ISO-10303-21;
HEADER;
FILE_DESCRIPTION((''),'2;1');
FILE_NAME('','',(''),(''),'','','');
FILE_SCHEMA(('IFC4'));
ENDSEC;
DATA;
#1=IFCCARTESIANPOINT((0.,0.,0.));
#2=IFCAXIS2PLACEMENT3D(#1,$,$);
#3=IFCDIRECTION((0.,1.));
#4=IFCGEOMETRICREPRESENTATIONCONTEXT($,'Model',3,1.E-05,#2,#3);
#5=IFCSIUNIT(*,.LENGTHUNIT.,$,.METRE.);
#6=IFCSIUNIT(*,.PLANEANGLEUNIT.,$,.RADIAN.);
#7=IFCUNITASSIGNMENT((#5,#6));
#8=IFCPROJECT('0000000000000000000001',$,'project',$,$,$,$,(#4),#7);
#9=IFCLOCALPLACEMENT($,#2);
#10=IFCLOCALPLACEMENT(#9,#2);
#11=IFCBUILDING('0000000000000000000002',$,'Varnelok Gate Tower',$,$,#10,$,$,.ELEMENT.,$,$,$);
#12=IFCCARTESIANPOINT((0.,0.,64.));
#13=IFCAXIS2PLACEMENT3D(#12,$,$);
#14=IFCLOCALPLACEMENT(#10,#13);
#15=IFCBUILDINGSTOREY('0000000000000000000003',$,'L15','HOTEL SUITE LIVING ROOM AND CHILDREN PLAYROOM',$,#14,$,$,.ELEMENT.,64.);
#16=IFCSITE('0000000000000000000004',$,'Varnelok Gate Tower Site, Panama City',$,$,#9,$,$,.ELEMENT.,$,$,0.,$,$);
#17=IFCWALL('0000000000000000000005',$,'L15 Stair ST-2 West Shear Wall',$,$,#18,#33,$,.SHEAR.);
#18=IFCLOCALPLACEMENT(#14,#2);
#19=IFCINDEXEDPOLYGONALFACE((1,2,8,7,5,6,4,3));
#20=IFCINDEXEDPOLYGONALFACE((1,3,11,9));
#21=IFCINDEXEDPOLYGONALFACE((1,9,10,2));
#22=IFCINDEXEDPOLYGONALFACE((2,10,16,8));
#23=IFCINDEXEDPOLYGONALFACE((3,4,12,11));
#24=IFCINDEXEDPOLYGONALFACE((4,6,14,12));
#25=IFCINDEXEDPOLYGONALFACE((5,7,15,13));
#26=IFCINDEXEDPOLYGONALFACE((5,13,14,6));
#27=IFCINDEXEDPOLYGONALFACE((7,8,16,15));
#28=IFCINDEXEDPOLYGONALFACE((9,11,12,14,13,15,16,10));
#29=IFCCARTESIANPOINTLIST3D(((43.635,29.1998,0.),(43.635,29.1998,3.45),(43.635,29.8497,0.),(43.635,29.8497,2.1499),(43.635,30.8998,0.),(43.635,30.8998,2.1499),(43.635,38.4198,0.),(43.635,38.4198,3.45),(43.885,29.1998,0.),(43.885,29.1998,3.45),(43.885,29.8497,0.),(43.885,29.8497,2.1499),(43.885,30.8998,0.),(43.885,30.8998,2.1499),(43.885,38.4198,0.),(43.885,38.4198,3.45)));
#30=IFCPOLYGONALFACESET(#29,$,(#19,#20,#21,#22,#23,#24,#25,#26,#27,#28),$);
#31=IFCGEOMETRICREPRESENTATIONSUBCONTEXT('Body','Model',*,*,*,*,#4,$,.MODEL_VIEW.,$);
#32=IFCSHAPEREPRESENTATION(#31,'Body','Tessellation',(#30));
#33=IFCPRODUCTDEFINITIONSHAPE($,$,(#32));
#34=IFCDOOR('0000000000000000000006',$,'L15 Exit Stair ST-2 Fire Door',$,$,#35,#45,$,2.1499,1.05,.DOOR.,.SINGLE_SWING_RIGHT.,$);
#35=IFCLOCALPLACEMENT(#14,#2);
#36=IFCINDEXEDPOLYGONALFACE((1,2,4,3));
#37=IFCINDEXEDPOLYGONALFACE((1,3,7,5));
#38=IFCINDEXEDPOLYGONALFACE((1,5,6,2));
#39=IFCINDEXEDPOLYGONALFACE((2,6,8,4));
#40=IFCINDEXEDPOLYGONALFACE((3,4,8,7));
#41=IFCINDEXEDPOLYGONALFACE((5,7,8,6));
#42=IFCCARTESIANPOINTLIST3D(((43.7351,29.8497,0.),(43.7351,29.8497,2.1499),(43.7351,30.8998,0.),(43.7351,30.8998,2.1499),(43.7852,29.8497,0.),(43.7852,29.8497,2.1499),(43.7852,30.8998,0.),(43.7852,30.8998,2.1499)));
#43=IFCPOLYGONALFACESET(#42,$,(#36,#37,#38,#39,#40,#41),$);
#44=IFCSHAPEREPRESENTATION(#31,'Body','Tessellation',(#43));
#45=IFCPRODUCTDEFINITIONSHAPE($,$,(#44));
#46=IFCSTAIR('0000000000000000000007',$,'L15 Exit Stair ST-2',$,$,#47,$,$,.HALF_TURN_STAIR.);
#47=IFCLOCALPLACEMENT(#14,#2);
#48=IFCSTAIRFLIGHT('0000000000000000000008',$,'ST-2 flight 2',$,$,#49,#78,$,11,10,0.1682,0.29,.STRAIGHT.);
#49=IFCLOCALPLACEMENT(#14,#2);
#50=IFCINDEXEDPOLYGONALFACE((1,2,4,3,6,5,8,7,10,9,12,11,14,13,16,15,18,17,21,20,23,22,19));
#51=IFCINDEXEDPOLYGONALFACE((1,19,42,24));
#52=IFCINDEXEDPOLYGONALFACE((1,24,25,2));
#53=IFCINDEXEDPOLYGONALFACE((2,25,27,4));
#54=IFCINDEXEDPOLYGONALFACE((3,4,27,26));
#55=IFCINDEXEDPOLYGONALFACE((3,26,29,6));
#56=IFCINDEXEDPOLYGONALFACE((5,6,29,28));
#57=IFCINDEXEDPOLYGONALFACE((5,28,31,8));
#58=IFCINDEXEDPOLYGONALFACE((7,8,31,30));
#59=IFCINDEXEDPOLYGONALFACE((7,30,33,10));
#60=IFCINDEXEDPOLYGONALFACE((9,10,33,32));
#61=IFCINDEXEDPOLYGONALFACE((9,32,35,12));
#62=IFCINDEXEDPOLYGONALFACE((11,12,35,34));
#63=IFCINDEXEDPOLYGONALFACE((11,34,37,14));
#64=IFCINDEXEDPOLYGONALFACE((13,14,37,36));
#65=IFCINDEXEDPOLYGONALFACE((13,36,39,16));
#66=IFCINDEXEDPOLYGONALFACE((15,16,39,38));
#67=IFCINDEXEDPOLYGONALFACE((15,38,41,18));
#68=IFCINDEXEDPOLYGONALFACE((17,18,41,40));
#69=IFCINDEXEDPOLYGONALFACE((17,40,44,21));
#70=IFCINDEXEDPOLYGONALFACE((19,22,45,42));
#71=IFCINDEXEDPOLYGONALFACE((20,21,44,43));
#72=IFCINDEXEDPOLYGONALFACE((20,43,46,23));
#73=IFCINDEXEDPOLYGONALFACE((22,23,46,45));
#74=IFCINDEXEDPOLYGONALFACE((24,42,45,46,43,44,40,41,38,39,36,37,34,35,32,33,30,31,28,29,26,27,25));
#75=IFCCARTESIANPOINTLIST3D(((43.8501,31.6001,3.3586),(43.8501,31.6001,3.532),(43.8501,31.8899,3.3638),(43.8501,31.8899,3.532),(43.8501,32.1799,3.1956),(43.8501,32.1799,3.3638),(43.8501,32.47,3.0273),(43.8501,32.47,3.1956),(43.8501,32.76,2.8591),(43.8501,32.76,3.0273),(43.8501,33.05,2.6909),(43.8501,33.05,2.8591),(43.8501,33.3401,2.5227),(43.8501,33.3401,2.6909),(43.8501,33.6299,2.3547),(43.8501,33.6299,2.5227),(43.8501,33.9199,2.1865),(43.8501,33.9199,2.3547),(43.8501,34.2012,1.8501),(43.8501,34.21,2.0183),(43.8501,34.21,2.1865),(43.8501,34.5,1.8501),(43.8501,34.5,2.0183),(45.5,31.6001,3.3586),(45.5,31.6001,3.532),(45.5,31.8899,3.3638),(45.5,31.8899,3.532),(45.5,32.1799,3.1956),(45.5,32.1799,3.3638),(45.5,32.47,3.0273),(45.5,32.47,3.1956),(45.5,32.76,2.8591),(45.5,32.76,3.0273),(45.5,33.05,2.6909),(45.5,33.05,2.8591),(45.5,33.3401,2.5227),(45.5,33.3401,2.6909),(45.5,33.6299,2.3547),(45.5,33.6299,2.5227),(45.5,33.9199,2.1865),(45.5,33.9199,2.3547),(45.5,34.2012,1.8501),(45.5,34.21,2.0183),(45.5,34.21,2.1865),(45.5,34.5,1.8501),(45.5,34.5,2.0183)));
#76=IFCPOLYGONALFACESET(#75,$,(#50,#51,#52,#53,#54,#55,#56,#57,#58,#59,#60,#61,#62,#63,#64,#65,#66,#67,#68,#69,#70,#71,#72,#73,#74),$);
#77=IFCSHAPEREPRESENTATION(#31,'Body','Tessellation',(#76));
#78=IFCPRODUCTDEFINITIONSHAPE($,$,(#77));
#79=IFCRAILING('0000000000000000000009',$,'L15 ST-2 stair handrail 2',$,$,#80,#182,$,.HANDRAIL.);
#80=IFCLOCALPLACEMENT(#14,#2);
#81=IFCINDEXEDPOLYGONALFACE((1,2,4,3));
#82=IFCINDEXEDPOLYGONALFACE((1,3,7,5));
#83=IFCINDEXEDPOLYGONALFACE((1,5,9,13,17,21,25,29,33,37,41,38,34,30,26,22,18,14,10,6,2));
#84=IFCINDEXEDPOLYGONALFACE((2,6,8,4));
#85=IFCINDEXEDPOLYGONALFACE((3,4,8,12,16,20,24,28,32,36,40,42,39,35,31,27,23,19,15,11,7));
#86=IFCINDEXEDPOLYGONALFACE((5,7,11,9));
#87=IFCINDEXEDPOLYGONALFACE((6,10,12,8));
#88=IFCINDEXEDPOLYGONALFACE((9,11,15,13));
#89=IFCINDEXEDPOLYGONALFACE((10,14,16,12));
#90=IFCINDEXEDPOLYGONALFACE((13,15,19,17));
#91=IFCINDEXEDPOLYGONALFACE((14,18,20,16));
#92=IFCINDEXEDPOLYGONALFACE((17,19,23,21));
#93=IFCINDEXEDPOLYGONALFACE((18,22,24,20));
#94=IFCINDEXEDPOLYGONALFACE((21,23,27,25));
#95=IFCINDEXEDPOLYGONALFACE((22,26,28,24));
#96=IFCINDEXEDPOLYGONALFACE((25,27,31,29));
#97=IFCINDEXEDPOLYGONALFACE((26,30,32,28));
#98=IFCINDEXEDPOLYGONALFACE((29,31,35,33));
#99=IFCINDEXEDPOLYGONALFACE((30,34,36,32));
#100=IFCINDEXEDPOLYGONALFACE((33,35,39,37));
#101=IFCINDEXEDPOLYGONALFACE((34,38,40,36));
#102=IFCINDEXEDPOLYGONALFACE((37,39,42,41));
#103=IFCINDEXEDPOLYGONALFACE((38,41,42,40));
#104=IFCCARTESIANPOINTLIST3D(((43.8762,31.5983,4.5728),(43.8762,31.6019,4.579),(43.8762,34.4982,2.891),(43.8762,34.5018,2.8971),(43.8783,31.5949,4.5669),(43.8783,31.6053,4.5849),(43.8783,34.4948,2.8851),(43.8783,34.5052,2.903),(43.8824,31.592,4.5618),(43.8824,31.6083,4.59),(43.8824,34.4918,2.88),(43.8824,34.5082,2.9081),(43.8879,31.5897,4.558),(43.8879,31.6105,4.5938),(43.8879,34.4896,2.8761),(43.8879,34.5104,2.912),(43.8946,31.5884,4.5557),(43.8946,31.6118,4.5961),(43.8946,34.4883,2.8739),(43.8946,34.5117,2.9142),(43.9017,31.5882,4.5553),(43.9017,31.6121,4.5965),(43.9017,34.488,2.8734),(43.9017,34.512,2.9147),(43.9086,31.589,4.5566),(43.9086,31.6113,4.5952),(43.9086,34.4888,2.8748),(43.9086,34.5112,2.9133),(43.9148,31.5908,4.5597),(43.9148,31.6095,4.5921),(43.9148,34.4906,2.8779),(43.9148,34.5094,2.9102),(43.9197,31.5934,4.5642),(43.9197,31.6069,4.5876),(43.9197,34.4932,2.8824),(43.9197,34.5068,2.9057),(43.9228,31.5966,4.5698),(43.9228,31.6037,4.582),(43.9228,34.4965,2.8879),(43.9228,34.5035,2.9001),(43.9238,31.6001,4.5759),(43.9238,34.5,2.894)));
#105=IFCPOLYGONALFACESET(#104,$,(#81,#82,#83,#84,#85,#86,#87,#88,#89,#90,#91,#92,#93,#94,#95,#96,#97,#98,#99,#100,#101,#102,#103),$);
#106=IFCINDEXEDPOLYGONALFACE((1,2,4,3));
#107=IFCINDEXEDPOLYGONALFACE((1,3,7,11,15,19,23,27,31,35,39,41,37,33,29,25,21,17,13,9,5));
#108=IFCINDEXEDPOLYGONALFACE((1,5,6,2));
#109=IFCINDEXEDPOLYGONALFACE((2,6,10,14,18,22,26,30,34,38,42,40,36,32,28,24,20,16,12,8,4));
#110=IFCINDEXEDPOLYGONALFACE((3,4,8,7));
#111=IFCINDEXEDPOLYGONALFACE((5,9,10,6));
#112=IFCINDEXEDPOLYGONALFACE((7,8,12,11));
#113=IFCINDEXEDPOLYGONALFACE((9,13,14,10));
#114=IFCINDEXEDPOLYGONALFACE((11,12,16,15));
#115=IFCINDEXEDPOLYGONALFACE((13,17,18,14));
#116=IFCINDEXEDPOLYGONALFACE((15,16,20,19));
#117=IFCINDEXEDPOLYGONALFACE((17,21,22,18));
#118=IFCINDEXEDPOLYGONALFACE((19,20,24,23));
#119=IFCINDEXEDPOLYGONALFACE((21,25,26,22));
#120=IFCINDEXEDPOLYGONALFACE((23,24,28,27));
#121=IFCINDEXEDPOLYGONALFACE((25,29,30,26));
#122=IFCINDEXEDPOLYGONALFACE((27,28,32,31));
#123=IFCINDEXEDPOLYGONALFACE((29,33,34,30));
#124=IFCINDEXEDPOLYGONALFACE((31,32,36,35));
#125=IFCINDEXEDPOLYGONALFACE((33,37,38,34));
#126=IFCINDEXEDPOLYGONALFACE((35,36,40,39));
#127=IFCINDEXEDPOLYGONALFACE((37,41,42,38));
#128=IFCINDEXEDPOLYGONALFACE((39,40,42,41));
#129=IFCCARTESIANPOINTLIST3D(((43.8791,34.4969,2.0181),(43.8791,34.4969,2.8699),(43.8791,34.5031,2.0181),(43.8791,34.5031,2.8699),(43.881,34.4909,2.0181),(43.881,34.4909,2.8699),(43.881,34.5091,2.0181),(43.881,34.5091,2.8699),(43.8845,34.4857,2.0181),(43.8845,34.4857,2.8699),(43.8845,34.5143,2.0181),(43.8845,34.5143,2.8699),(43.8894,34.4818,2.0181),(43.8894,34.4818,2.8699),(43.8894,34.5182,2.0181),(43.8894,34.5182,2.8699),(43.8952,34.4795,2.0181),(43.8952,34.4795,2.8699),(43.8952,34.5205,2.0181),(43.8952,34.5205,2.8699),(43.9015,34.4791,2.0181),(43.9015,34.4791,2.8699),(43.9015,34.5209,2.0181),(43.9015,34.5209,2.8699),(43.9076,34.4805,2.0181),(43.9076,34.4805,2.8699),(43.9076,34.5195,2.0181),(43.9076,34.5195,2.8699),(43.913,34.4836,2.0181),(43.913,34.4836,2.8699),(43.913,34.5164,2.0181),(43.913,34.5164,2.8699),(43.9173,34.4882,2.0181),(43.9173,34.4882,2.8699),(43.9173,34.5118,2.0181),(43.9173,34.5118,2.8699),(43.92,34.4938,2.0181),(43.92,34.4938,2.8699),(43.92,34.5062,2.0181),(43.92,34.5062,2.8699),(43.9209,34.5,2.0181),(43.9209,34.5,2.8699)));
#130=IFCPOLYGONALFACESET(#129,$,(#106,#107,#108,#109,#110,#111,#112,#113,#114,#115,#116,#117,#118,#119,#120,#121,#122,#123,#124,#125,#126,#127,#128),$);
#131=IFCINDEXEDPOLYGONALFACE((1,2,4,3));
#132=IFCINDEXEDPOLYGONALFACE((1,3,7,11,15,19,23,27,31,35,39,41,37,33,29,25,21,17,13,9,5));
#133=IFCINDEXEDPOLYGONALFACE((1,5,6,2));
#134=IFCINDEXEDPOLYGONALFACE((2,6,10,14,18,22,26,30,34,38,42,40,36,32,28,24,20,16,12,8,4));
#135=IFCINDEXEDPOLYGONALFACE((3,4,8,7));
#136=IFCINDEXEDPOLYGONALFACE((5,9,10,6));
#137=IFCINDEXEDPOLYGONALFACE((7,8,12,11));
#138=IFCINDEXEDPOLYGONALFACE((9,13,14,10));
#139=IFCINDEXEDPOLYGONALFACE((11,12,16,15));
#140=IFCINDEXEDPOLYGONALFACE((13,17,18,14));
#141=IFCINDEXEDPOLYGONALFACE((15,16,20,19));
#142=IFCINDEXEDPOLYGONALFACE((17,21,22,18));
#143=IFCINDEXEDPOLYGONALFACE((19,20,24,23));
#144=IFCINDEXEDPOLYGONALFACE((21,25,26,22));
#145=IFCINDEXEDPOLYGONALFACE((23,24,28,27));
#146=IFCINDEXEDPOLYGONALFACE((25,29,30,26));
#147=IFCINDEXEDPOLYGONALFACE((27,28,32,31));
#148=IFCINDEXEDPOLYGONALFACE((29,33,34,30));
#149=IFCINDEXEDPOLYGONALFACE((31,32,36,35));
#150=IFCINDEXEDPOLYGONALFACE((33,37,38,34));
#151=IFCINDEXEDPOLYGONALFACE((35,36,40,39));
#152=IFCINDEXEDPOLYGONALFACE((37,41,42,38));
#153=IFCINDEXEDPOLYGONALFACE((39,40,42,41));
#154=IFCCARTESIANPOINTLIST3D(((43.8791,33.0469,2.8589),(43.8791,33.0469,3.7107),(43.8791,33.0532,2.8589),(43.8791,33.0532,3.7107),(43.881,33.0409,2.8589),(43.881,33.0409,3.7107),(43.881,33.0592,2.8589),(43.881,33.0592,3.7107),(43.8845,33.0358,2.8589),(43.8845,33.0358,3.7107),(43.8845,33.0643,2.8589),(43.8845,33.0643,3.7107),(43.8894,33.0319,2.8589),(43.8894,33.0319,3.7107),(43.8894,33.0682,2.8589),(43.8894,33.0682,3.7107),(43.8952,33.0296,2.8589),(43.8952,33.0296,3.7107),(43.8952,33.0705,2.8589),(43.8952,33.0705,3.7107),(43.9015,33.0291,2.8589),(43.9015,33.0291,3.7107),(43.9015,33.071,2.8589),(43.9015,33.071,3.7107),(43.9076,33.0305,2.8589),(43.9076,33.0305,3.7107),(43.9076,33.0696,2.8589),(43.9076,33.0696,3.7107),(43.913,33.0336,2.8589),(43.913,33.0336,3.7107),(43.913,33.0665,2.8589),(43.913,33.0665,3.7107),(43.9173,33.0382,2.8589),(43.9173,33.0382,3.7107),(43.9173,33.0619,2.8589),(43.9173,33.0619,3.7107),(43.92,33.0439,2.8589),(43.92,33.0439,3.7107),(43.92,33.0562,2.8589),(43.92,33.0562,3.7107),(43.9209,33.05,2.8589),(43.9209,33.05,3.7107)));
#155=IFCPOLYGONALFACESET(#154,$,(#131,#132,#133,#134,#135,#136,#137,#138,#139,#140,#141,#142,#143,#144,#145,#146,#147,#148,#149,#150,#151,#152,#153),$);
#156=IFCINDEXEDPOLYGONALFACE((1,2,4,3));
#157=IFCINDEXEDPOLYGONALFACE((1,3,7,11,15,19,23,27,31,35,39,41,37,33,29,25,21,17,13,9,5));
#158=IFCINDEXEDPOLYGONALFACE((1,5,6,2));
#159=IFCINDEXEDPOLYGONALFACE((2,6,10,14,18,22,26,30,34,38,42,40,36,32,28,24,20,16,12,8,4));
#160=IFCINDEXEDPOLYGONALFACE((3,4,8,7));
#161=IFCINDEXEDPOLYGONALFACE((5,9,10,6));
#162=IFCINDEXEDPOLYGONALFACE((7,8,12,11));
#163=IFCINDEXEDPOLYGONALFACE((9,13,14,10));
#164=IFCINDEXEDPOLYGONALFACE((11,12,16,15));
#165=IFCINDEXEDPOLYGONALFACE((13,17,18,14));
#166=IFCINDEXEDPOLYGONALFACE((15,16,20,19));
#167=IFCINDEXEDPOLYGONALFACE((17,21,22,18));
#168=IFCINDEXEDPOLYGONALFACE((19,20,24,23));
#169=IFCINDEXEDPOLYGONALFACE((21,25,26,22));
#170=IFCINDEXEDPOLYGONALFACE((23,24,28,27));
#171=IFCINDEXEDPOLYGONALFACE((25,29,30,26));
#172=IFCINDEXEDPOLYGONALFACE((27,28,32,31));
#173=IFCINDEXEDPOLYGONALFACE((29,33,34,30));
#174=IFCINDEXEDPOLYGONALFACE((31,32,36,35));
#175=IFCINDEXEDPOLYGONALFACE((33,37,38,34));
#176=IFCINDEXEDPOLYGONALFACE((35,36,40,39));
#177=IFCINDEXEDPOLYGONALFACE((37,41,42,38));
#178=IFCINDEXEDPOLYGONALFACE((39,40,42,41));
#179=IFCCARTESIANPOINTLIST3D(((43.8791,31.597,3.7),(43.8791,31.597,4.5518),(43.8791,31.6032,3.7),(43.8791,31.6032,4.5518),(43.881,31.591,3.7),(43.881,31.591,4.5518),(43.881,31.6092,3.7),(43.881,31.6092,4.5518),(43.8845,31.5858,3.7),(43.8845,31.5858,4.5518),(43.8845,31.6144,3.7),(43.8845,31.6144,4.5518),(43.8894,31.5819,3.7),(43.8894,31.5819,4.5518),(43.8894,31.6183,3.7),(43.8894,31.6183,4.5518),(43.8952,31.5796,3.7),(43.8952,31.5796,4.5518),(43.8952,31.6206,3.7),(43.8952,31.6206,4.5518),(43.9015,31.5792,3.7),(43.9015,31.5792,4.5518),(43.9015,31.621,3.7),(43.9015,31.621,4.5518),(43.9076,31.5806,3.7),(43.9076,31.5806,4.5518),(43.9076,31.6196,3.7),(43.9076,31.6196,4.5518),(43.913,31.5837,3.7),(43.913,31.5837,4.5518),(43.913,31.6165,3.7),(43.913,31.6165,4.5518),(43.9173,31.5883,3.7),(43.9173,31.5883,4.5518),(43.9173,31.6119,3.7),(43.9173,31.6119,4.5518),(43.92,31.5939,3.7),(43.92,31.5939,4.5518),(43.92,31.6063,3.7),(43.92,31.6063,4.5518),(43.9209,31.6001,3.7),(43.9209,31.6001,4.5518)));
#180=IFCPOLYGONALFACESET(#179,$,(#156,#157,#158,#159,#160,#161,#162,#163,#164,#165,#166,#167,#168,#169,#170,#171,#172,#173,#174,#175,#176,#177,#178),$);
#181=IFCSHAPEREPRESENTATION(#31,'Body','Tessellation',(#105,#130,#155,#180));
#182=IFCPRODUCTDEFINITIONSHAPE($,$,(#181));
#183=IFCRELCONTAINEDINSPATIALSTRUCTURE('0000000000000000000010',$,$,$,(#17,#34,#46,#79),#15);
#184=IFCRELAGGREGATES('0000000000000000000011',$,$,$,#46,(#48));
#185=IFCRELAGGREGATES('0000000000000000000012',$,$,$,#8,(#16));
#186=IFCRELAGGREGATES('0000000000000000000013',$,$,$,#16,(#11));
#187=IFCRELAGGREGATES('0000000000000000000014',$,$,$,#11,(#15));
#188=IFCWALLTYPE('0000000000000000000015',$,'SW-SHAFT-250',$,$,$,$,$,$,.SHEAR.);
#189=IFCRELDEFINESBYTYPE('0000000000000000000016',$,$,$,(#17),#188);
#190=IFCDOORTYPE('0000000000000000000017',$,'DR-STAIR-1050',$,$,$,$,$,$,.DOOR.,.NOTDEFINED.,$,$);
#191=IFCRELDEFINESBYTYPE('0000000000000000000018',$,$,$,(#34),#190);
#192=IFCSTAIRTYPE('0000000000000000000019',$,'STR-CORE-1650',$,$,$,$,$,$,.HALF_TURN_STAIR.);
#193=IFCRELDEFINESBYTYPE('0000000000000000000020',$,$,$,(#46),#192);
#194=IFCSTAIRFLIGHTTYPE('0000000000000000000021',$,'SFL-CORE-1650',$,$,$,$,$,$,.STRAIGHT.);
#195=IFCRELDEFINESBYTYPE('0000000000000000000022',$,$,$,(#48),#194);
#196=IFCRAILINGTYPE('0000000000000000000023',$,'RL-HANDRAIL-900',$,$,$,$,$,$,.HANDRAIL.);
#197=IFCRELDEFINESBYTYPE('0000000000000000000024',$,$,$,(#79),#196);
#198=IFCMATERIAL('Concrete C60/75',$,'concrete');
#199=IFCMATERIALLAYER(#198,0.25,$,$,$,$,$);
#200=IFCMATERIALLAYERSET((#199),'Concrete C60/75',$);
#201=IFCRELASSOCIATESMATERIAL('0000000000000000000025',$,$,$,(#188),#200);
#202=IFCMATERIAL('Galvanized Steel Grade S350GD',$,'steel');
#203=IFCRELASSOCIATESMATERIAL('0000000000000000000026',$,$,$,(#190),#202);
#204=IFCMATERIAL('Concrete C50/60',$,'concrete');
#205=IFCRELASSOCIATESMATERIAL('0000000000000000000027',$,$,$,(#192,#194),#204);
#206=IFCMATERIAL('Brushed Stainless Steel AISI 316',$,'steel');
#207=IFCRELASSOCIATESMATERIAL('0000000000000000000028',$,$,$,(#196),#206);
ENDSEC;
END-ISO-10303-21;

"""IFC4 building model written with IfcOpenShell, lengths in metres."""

from ifc_helpers import new_model, si_unit, direction, frame, frame_2d, origin, origin_2d, place, context, subcontext, project, spatial, polyline, rectangle, circle, outline, extrude, material, layer, layer_set, type_object, element, fill, aggregate, save


model = new_model("IFC4")

# Units and contexts
model_context = context("Model", 3, precision=1e-05, world=origin(), true_north=direction((0.0, 1.0)))
body_context = subcontext(model_context, "Body", "Model", "MODEL_VIEW")
ifc_project = project(units=[si_unit("LENGTHUNIT", "METRE"), si_unit("PLANEANGLEUNIT", "RADIAN")], contexts=[model_context])

# Site, building, storey
site_placement = place(None, origin())
site = spatial("IfcSite", under=ifc_project, at=site_placement, Name="Varnelok Gate Tower Site, Panama City", CompositionType="ELEMENT", RefElevation=0.0)
building_placement = place(site_placement, origin())
building = spatial("IfcBuilding", under=site, at=building_placement, Name="Varnelok Gate Tower", CompositionType="ELEMENT")
storey_placement = place(building_placement, frame((0.0, 0.0, 64.0)))
storey = spatial("IfcBuildingStorey", under=building, at=storey_placement, Name="L15", Description="HOTEL SUITE LIVING ROOM AND CHILDREN PLAYROOM", CompositionType="ELEMENT", Elevation=64.0)

# Shared definitions
ifc_material_1 = material(Name="Galvanized Steel Grade S350GD", Category="steel")

# Wall, opening, door
ifc_material_2 = material(Name="Concrete C60/75", Category="concrete")
ifc_layer_1 = layer(ifc_material_2, 0.25)
ifc_layer_set_1 = layer_set([ifc_layer_1], Name="Concrete C60/75")
wall_type_1 = type_object("IfcWallType", Name="SW-SHAFT-250", PredefinedType="SHEAR", material=ifc_layer_set_1)
wall_1_placement = place(storey_placement, frame((43.76, 29.2, 0.0), z_axis=(0.0, 0.0, 1.0), x_axis=(0.0, 1.0, 0.0)))
wall_1 = element("IfcWall", 1, at=wall_1_placement, inside=storey, type_object=wall_type_1, Name="L15 Stair ST-2 West Shear Wall", PredefinedType="SHEAR", context=body_context, shape_type="SweptSolid", body=[
    extrude(rectangle(XDim=9.22, YDim=0.25, at=frame_2d((4.6099, 0.0))), origin(), (0.0, 0.0, 1.0), 3.45),
])
opening_1_placement = place(wall_1_placement, frame((0.6499, 0.0, 0.0)))
opening_1 = element("IfcOpeningElement", 2, at=opening_1_placement, cuts=wall_1, PredefinedType="OPENING", context=body_context, shape_type="SweptSolid", body=[
    extrude(rectangle(XDim=1.05, YDim=2.1499, at=frame_2d((0.5249, 1.075))), frame((0.0, 0.135, 0.0), z_axis=(0.0, -1.0, 0.0), x_axis=(1.0, 0.0, 0.0)), (0.0, 0.0, 1.0), 0.27),
])
door_type_1 = type_object("IfcDoorType", Name="DR-STAIR-1050", OperationType="NOTDEFINED", PredefinedType="DOOR", material=ifc_material_1)
door_1_placement = place(opening_1_placement, origin())
door_1 = element("IfcDoor", 3, at=door_1_placement, inside=storey, type_object=door_type_1, Name="L15 Exit Stair ST-2 Fire Door", OperationType="SINGLE_SWING_RIGHT", OverallHeight=2.1499, OverallWidth=1.05, PredefinedType="DOOR", context=body_context, shape_type="SweptSolid", body=[
    extrude(rectangle(XDim=1.05, YDim=2.1499, at=frame_2d((0.5249, 1.075))), frame((0.0, 0.0249, 0.0), z_axis=(0.0, -1.0, 0.0), x_axis=(1.0, 0.0, 0.0)), (0.0, 0.0, 1.0), 0.05),
])
fill(opening_1, door_1)

# Stair, stair flight
ifc_material_3 = material(Name="Concrete C50/60", Category="concrete")
stair_type = type_object("IfcStairType", Name="STR-CORE-1650", PredefinedType="HALF_TURN_STAIR", material=ifc_material_3)
stair_placement = place(storey_placement, origin())
stair = element("IfcStair", 4, at=stair_placement, inside=storey, type_object=stair_type, Name="L15 Exit Stair ST-2", PredefinedType="HALF_TURN_STAIR")
stair_flight_type = type_object("IfcStairFlightType", Name="SFL-CORE-1650", PredefinedType="STRAIGHT", material=ifc_material_3)
stair_flight_placement = place(storey_placement, frame((44.675, 34.5, 1.8501), z_axis=(0.0, 0.0, 1.0), x_axis=(0.0, -1.0, 0.0)))
stair_flight = element("IfcStairFlight", 5, at=stair_flight_placement, type_object=stair_flight_type, Name="ST-2 flight 2", NumberOfRisers=11, NumberOfTreads=10, PredefinedType="STRAIGHT", RiserHeight=0.1682, TreadLength=0.29, context=body_context, shape_type="SweptSolid", body=[
    extrude(outline(polyline([(0.0, 0.0), (0.0, 0.1682), (0.29, 0.1682), (0.29, 0.3364), (0.5801, 0.3364), (0.5801, 0.5046), (0.8701, 0.5046), (0.8701, 0.6726), (1.1599, 0.6726), (1.1599, 0.8408), (1.45, 0.8408), (1.45, 1.009), (1.74, 1.009), (1.74, 1.1772), (2.03, 1.1772), (2.03, 1.3455), (2.3201, 1.3455), (2.3201, 1.5137), (2.6101, 1.5137), (2.6101, 1.6819), (2.8999, 1.6819), (2.8999, 1.8501), (2.8999, 1.5085), (0.2988, 0.0), (0.0, 0.0)])), frame((0.0, 0.825, 0.0), z_axis=(0.0, -1.0, 0.0), x_axis=(1.0, 0.0, 0.0)), (0.0, 0.0, 1.0), 1.6499),
])
aggregate(stair, [stair_flight])

# Railing
ifc_material_4 = material(Name="Brushed Stainless Steel AISI 316", Category="steel")
railing_type_1 = type_object("IfcRailingType", Name="RL-HANDRAIL-900", PredefinedType="HANDRAIL", material=ifc_material_4)
railing_1_placement = place(storey_placement, frame((43.8999, 34.5, 2.0181)))
element("IfcRailing", 6, at=railing_1_placement, inside=storey, type_object=railing_type_1, Name="L15 ST-2 stair handrail 2", PredefinedType="HANDRAIL", context=body_context, shape_type="SweptSolid", body=[
    extrude(circle(Radius=0.0239, at=origin_2d()), frame((0.0, 0.0, 0.876), z_axis=(0.0, -0.865039, 0.501705), x_axis=(1.0, 0.0, 0.0)), (0.0, 0.0, 1.0), 3.3523),
    extrude(circle(Radius=0.021, at=origin_2d()), origin(), (0.0, 0.0, 1.0), 0.8518),
    extrude(circle(Radius=0.021, at=origin_2d()), frame((0.0, -1.45, 0.8408)), (0.0, 0.0, 1.0), 0.8518),
    extrude(circle(Radius=0.021, at=origin_2d()), frame((0.0, -2.8999, 1.6819)), (0.0, 0.0, 1.0), 0.8518),
])

save(model, "model.ifc")
